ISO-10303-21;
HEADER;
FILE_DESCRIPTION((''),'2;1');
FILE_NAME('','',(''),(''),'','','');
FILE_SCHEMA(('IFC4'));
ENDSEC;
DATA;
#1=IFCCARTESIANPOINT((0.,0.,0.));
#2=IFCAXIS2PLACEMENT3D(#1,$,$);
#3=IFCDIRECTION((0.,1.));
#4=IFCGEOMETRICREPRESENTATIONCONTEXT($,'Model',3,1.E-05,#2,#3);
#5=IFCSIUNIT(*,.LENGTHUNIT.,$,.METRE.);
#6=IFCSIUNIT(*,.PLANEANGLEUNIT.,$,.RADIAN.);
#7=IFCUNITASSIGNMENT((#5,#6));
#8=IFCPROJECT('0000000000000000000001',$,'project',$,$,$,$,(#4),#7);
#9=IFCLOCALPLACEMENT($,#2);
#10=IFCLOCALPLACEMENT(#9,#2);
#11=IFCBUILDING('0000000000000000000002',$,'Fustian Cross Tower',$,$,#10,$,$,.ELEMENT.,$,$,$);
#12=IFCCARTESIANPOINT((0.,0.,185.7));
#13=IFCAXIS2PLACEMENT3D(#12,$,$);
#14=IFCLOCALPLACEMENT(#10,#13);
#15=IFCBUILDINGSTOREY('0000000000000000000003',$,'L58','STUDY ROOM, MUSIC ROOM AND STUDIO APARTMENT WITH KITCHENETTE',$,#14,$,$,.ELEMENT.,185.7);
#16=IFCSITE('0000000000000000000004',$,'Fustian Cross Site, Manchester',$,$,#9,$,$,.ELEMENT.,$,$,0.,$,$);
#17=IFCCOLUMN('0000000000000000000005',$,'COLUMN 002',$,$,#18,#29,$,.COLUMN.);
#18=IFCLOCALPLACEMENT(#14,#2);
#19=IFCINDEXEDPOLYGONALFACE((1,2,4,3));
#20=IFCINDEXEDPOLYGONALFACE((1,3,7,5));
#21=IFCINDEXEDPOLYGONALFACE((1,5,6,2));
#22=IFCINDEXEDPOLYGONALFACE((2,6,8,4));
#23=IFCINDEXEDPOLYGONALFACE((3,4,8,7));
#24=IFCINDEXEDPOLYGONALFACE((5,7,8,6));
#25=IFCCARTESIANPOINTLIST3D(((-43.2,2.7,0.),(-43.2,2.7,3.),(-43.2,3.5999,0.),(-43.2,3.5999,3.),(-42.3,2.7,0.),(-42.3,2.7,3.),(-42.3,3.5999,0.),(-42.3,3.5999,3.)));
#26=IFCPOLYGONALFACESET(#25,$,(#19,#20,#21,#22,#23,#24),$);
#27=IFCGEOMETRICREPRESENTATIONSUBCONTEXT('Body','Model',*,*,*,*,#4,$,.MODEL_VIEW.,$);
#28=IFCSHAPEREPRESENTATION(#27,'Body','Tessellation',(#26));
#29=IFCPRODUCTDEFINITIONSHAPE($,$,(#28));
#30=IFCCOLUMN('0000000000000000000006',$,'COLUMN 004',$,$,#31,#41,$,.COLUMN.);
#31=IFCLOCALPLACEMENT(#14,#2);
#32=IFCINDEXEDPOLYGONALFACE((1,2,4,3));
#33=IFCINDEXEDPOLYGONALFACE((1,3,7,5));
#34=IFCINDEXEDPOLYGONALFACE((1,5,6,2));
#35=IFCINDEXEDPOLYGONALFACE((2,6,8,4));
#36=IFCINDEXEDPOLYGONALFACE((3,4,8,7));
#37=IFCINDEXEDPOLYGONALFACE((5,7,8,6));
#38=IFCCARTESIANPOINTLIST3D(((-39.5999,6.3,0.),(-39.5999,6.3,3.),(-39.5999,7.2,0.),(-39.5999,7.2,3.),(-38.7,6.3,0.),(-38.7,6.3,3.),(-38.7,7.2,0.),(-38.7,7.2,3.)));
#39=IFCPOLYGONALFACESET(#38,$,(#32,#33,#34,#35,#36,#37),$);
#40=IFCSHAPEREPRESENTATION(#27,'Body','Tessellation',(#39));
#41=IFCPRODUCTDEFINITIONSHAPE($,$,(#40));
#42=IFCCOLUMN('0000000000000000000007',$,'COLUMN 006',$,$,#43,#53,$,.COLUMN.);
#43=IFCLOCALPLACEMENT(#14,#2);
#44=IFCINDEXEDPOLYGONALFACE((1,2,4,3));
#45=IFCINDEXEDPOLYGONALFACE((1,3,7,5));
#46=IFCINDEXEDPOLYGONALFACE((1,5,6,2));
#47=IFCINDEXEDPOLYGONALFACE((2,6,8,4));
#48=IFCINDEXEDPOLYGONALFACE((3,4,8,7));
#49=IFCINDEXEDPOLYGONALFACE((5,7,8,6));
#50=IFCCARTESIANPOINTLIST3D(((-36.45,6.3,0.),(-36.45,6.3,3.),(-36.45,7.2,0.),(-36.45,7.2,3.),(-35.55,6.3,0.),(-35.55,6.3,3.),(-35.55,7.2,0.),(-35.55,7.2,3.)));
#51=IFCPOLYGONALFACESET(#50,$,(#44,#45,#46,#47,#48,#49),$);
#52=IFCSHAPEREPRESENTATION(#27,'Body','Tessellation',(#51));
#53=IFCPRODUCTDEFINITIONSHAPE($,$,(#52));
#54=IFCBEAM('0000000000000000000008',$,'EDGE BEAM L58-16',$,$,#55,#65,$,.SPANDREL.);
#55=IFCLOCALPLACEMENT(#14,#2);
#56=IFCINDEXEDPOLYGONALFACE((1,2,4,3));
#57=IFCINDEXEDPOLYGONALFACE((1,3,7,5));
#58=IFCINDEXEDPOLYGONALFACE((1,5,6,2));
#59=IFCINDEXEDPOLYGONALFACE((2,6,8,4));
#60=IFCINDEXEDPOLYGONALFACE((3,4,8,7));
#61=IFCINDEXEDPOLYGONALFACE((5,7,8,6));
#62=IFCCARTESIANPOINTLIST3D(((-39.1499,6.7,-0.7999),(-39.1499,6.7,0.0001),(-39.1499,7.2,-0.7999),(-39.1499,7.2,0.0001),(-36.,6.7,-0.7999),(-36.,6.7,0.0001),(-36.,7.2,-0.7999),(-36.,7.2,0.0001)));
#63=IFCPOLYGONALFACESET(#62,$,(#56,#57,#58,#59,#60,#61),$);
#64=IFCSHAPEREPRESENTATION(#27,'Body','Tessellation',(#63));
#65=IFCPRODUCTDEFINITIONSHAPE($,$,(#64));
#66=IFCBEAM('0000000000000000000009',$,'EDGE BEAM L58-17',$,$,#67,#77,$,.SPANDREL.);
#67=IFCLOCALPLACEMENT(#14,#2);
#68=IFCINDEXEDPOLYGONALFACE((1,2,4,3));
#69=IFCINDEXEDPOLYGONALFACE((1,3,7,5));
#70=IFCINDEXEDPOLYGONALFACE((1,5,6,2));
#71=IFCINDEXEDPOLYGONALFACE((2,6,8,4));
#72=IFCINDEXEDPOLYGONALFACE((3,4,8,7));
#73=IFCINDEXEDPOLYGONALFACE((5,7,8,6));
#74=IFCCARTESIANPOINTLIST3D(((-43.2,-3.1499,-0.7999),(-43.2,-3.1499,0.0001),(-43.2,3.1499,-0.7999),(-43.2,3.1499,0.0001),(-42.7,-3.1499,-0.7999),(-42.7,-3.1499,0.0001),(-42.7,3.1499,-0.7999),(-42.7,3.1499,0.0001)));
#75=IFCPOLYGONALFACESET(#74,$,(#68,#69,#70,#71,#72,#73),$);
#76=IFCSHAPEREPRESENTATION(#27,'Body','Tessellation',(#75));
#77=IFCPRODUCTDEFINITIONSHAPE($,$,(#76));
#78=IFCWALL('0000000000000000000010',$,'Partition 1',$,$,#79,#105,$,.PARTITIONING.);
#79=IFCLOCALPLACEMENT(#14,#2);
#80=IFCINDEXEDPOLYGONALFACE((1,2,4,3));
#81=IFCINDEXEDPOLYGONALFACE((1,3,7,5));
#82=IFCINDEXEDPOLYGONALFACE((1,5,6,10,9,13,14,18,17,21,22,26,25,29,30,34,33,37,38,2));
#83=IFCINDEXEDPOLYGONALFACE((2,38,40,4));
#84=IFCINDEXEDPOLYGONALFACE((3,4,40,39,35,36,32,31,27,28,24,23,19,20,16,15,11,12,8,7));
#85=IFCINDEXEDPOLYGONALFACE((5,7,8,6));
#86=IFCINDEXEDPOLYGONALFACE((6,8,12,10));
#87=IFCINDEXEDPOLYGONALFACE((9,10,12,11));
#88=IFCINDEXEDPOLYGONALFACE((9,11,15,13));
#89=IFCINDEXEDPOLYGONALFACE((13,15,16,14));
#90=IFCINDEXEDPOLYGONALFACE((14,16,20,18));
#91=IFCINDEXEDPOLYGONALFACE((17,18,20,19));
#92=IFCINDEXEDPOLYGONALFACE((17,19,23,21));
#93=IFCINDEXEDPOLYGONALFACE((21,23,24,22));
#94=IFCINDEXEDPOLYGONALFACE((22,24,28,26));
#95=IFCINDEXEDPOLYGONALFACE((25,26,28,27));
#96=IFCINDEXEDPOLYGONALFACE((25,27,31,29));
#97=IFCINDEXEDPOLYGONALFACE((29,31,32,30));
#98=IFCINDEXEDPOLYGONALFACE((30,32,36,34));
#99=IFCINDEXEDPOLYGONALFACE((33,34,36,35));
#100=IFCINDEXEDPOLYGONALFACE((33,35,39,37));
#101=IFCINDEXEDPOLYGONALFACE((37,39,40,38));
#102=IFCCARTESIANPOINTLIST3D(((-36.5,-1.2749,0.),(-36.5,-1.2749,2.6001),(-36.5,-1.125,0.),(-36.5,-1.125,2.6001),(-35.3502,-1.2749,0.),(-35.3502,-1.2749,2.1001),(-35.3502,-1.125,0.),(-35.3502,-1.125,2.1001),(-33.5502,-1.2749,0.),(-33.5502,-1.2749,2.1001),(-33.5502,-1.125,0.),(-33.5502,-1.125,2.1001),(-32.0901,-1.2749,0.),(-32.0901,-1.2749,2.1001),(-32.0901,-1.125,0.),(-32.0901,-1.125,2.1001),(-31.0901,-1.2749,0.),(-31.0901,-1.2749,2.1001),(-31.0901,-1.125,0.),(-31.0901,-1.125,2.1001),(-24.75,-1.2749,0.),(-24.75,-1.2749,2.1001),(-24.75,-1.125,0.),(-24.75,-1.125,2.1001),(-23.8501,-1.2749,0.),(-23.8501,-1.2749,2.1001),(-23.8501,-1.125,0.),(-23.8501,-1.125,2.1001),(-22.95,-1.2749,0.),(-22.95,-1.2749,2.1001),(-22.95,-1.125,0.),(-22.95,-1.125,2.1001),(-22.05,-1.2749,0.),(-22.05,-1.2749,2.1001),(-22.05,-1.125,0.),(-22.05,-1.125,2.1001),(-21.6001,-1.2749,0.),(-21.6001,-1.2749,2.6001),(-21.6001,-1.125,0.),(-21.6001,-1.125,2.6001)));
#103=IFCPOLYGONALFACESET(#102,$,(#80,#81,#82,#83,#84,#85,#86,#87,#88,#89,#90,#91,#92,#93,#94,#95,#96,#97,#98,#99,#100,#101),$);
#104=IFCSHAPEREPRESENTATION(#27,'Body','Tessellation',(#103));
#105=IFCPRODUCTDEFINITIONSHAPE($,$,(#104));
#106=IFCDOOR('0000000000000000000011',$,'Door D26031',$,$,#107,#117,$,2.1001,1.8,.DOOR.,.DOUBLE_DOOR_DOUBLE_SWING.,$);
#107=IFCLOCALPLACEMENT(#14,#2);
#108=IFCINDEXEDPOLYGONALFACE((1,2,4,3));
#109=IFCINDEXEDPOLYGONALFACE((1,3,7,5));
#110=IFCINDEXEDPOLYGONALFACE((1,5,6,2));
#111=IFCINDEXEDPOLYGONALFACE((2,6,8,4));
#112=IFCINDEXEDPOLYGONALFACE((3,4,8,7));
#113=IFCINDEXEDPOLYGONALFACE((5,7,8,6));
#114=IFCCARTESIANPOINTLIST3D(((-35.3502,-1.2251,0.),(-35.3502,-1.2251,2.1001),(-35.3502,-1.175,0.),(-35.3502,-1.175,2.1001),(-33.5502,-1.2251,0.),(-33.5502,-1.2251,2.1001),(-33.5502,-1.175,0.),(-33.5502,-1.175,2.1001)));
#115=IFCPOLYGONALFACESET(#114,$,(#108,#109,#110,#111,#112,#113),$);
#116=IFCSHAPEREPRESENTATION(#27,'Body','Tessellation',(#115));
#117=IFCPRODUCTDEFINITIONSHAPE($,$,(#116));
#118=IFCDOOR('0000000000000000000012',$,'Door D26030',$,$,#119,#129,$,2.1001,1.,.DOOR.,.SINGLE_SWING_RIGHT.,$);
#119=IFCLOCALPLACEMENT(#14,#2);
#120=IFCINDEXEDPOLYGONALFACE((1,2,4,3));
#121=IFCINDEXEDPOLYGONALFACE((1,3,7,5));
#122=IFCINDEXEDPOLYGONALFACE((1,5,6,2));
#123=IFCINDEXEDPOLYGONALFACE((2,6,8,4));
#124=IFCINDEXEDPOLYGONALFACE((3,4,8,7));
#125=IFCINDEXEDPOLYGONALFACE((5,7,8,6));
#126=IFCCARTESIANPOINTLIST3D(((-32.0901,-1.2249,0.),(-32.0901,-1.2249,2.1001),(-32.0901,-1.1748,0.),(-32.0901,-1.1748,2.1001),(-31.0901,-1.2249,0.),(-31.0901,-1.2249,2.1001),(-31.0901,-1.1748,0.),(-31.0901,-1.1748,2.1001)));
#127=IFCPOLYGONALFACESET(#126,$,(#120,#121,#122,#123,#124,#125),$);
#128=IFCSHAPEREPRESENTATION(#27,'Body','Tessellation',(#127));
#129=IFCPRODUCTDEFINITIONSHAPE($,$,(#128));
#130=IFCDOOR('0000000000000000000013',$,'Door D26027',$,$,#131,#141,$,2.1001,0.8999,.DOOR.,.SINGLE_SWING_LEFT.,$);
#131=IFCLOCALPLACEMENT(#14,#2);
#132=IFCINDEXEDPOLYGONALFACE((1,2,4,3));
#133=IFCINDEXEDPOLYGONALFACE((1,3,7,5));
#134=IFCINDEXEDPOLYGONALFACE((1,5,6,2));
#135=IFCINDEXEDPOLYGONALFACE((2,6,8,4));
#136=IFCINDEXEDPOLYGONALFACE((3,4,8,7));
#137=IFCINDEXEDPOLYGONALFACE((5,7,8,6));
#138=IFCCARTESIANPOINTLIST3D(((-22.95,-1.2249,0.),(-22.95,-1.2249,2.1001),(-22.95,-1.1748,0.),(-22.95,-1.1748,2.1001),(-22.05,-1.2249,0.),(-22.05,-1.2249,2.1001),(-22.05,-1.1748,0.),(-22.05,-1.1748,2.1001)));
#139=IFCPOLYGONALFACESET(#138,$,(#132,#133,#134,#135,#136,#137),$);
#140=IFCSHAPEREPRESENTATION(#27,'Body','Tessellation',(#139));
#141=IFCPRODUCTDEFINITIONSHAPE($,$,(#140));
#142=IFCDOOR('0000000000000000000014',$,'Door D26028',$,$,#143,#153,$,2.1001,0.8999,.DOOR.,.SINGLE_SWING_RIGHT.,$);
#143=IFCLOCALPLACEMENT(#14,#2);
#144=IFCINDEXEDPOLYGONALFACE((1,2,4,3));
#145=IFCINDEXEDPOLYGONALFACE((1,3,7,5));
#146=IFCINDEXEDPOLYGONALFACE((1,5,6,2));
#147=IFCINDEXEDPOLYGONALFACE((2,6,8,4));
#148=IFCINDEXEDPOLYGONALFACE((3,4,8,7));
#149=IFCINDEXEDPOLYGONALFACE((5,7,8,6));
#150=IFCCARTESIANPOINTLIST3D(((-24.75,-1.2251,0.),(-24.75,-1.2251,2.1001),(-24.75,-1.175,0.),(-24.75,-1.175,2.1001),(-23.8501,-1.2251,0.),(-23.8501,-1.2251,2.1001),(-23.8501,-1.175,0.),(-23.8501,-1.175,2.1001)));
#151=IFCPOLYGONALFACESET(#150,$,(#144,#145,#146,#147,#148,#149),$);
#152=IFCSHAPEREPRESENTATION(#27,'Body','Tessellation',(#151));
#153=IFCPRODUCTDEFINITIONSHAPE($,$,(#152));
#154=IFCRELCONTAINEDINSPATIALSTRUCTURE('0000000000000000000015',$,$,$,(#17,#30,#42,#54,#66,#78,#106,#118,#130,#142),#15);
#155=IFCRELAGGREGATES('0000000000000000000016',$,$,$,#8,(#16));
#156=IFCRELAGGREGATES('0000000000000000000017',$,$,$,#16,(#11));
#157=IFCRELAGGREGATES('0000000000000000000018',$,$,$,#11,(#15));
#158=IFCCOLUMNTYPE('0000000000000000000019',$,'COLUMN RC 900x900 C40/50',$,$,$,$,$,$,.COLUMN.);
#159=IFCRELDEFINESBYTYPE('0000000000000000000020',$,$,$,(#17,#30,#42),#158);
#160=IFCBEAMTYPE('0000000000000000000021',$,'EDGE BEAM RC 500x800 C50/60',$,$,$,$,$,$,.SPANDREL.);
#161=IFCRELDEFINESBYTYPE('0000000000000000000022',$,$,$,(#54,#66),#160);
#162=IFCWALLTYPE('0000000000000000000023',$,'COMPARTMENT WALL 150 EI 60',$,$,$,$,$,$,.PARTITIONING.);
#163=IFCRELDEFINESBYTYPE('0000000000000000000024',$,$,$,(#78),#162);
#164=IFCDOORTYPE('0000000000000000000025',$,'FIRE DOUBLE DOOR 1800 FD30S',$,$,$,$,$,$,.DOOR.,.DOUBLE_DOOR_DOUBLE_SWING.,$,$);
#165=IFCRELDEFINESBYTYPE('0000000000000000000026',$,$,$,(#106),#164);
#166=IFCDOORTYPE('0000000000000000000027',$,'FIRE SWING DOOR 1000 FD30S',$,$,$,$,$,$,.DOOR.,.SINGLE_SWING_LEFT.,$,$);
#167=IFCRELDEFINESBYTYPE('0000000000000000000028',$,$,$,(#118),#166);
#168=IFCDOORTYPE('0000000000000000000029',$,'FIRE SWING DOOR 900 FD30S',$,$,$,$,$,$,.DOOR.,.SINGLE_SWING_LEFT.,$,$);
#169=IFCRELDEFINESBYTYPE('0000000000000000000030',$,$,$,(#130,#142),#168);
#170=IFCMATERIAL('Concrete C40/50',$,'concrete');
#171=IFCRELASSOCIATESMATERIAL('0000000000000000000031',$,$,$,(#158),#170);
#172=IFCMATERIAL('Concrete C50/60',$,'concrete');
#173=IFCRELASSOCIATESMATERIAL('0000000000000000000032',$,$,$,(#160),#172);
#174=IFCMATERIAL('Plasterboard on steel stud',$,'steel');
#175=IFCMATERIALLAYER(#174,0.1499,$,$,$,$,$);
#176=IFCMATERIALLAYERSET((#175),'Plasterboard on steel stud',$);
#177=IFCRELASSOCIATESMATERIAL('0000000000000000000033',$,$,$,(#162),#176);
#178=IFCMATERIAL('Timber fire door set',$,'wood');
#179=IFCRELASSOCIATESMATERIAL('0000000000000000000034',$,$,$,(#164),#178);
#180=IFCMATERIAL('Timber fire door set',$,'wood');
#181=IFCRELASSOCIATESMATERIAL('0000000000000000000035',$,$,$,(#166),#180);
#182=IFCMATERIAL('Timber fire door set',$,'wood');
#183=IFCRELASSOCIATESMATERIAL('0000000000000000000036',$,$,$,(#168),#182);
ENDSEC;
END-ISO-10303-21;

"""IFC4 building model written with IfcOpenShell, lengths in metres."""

from ifc_helpers import new_model, si_unit, direction, frame, frame_2d, origin, origin_2d, place, context, subcontext, project, spatial, rectangle, extrude, material, layer, layer_set, material_profile, profile_set, type_object, element, fill, save


model = new_model("IFC4")

# Units and contexts
model_context = context("Model", 3, precision=1e-05, world=origin(), true_north=direction((0.0, 1.0)))
body_context = subcontext(model_context, "Body", "Model", "MODEL_VIEW")
ifc_project = project(units=[si_unit("LENGTHUNIT", "METRE"), si_unit("PLANEANGLEUNIT", "RADIAN")], contexts=[model_context])

# Site, building, storey
site_placement = place(None, origin())
site = spatial("IfcSite", under=ifc_project, at=site_placement, Name="Fustian Cross Site, Manchester", CompositionType="ELEMENT", RefElevation=0.0)
building_placement = place(site_placement, origin())
building = spatial("IfcBuilding", under=site, at=building_placement, Name="Fustian Cross Tower", CompositionType="ELEMENT")
storey_placement = place(building_placement, frame((0.0, 0.0, 185.7)))
storey = spatial("IfcBuildingStorey", under=building, at=storey_placement, Name="L58", Description="STUDY ROOM, MUSIC ROOM AND STUDIO APARTMENT WITH KITCHENETTE", CompositionType="ELEMENT", Elevation=185.7)

# Columns
ifc_material_1 = material(Name="Concrete C40/50", Category="concrete")
ifc_material_profile_1 = material_profile(ifc_material_1, rectangle(XDim=0.8999, YDim=0.8999, at=origin_2d()), Name="RC 900x900")
ifc_profile_set_1 = profile_set([ifc_material_profile_1], Name="Concrete C40/50")
column_type = type_object("IfcColumnType", Name="COLUMN RC 900x900 C40/50", PredefinedType="COLUMN", material=ifc_profile_set_1)
for number, where, z_axis, x_axis, name in (
    (1, (-42.75, 3.1499, 0.0), (0.0, 0.0, 1.0), (1.0, 0.0, 0.0), "COLUMN 002"),
    (2, (-39.1499, 6.75, 0.0), (0.0, 0.0, 1.0), (1.0, 0.0, 0.0), "COLUMN 004"),
    (3, (-36.0, 6.75, 0.0), (0.0, 0.0, 1.0), (1.0, 0.0, 0.0), "COLUMN 006"),
):
    element("IfcColumn", number, at=place(storey_placement, frame(where, z_axis=z_axis, x_axis=x_axis)), inside=storey, type_object=column_type, Name=name, PredefinedType="COLUMN", context=body_context, shape_type="SweptSolid", body=[
        extrude(rectangle(XDim=0.8999, YDim=0.8999, at=origin_2d()), origin(), (0.0, 0.0, 1.0), 3.0),
    ])

# Beams
ifc_material_2 = material(Name="Concrete C50/60", Category="concrete")
ifc_material_profile_2 = material_profile(ifc_material_2, rectangle(XDim=0.5, YDim=0.8, at=origin_2d()), Name="RC 500x800")
ifc_profile_set_2 = profile_set([ifc_material_profile_2], Name="Concrete C50/60")
beam_type = type_object("IfcBeamType", Name="EDGE BEAM RC 500x800 C50/60", PredefinedType="SPANDREL", material=ifc_profile_set_2)
beam_1_placement = place(storey_placement, frame((-36.0, 6.95, -0.3999), z_axis=(-1.0, 0.0, 0.0), x_axis=(0.0, -1.0, 0.0)))
element("IfcBeam", 4, at=beam_1_placement, inside=storey, type_object=beam_type, Name="EDGE BEAM L58-16", PredefinedType="SPANDREL", context=body_context, shape_type="SweptSolid", body=[
    extrude(rectangle(XDim=0.5, YDim=0.8, at=origin_2d()), origin(), (0.0, 0.0, 1.0), 3.1499),
])
beam_2_placement = place(storey_placement, frame((-42.95, 3.1499, -0.3999), z_axis=(0.0, -1.0, 0.0), x_axis=(1.0, 0.0, 0.0)))
element("IfcBeam", 5, at=beam_2_placement, inside=storey, type_object=beam_type, Name="EDGE BEAM L58-17", PredefinedType="SPANDREL", context=body_context, shape_type="SweptSolid", body=[
    extrude(rectangle(XDim=0.5, YDim=0.8, at=origin_2d()), origin(), (0.0, 0.0, 1.0), 6.2998),
])

# Wall, openings, doors
ifc_material_3 = material(Name="Plasterboard on steel stud", Category="steel")
ifc_layer_1 = layer(ifc_material_3, 0.1499)
ifc_layer_set_1 = layer_set([ifc_layer_1], Name="Plasterboard on steel stud")
wall_type_1 = type_object("IfcWallType", Name="COMPARTMENT WALL 150 EI 60", PredefinedType="PARTITIONING", material=ifc_layer_set_1)
wall_1_placement = place(storey_placement, frame((-36.5, -1.2, 0.0), z_axis=(0.0, 0.0, 1.0), x_axis=(1.0, 0.0, 0.0)))
wall_1 = element("IfcWall", 6, at=wall_1_placement, inside=storey, type_object=wall_type_1, Name="Partition 1", PredefinedType="PARTITIONING", context=body_context, shape_type="SweptSolid", body=[
    extrude(rectangle(XDim=14.8999, YDim=0.1499, at=frame_2d((7.45, 0.0))), origin(), (0.0, 0.0, 1.0), 2.6001),
])
opening_1_placement = place(wall_1_placement, frame((13.55, 0.0, 0.0)))
opening_1 = element("IfcOpeningElement", 7, at=opening_1_placement, cuts=wall_1, PredefinedType="OPENING", context=body_context, shape_type="SweptSolid", body=[
    extrude(rectangle(XDim=0.8999, YDim=2.1001, at=frame_2d((0.45, 1.05))), frame((0.0, 0.085, 0.0), z_axis=(0.0, -1.0, 0.0), x_axis=(1.0, 0.0, 0.0)), (0.0, 0.0, 1.0), 0.1699),
])
opening_2_placement = place(wall_1_placement, frame((11.75, 0.0, 0.0)))
opening_2 = element("IfcOpeningElement", 8, at=opening_2_placement, cuts=wall_1, PredefinedType="OPENING", context=body_context, shape_type="SweptSolid", body=[
    extrude(rectangle(XDim=0.8999, YDim=2.1001, at=frame_2d((0.45, 1.05))), frame((0.0, 0.085, 0.0), z_axis=(0.0, -1.0, 0.0), x_axis=(1.0, 0.0, 0.0)), (0.0, 0.0, 1.0), 0.1699),
])
opening_3_placement = place(wall_1_placement, frame((4.4099, 0.0, 0.0)))
opening_3 = element("IfcOpeningElement", 9, at=opening_3_placement, cuts=wall_1, PredefinedType="OPENING", context=body_context, shape_type="SweptSolid", body=[
    extrude(rectangle(XDim=1.0, YDim=2.1001, at=frame_2d((0.5, 1.05))), frame((0.0, 0.085, 0.0), z_axis=(0.0, -1.0, 0.0), x_axis=(1.0, 0.0, 0.0)), (0.0, 0.0, 1.0), 0.1699),
])
opening_4_placement = place(wall_1_placement, frame((1.1499, 0.0, 0.0)))
opening_4 = element("IfcOpeningElement", 10, at=opening_4_placement, cuts=wall_1, PredefinedType="OPENING", context=body_context, shape_type="SweptSolid", body=[
    extrude(rectangle(XDim=1.8, YDim=2.1001, at=frame_2d((0.8999, 1.05))), frame((0.0, 0.085, 0.0), z_axis=(0.0, -1.0, 0.0), x_axis=(1.0, 0.0, 0.0)), (0.0, 0.0, 1.0), 0.1699),
])
ifc_material_4 = material(Name="Timber fire door set", Category="wood")
door_type_1 = type_object("IfcDoorType", Name="FIRE DOUBLE DOOR 1800 FD30S", OperationType="DOUBLE_DOOR_DOUBLE_SWING", PredefinedType="DOOR", material=ifc_material_4)
door_1_placement = place(opening_4_placement, origin())
door_1 = element("IfcDoor", 11, at=door_1_placement, inside=storey, type_object=door_type_1, Name="Door D26031", OperationType="DOUBLE_DOOR_DOUBLE_SWING", OverallHeight=2.1001, OverallWidth=1.8, PredefinedType="DOOR", context=body_context, shape_type="SweptSolid", body=[
    extrude(rectangle(XDim=1.8, YDim=2.1001, at=frame_2d((0.8999, 1.05))), frame((0.0, 0.0249, 0.0), z_axis=(0.0, -1.0, 0.0), x_axis=(1.0, 0.0, 0.0)), (0.0, 0.0, 1.0), 0.05),
])
fill(opening_4, door_1)
ifc_material_5 = material(Name="Timber fire door set", Category="wood")
door_type_2 = type_object("IfcDoorType", Name="FIRE SWING DOOR 1000 FD30S", OperationType="SINGLE_SWING_LEFT", PredefinedType="DOOR", material=ifc_material_5)
door_2_placement = place(opening_3_placement, frame((1.0, 0.0, 0.0), z_axis=(0.0, 0.0, 1.0), x_axis=(-1.0, 0.0, 0.0)))
door_2 = element("IfcDoor", 12, at=door_2_placement, inside=storey, type_object=door_type_2, Name="Door D26030", OperationType="SINGLE_SWING_RIGHT", OverallHeight=2.1001, OverallWidth=1.0, PredefinedType="DOOR", context=body_context, shape_type="SweptSolid", body=[
    extrude(rectangle(XDim=1.0, YDim=2.1001, at=frame_2d((0.5, 1.05))), frame((0.0, 0.0249, 0.0), z_axis=(0.0, -1.0, 0.0), x_axis=(1.0, 0.0, 0.0)), (0.0, 0.0, 1.0), 0.05),
])
fill(opening_3, door_2)
ifc_material_6 = material(Name="Timber fire door set", Category="wood")
door_type_3 = type_object("IfcDoorType", Name="FIRE SWING DOOR 900 FD30S", OperationType="SINGLE_SWING_LEFT", PredefinedType="DOOR", material=ifc_material_6)
door_3_placement = place(opening_1_placement, frame((0.8999, 0.0, 0.0), z_axis=(0.0, 0.0, 1.0), x_axis=(-1.0, 0.0, 0.0)))
door_3 = element("IfcDoor", 13, at=door_3_placement, inside=storey, type_object=door_type_3, Name="Door D26027", OperationType="SINGLE_SWING_LEFT", OverallHeight=2.1001, OverallWidth=0.8999, PredefinedType="DOOR", context=body_context, shape_type="SweptSolid", body=[
    extrude(rectangle(XDim=0.8999, YDim=2.1001, at=frame_2d((0.45, 1.05))), frame((0.0, 0.0249, 0.0), z_axis=(0.0, -1.0, 0.0), x_axis=(1.0, 0.0, 0.0)), (0.0, 0.0, 1.0), 0.05),
])
fill(opening_1, door_3)
door_4_placement = place(opening_2_placement, origin())
door_4 = element("IfcDoor", 14, at=door_4_placement, inside=storey, type_object=door_type_3, Name="Door D26028", OperationType="SINGLE_SWING_RIGHT", OverallHeight=2.1001, OverallWidth=0.8999, PredefinedType="DOOR", context=body_context, shape_type="SweptSolid", body=[
    extrude(rectangle(XDim=0.8999, YDim=2.1001, at=frame_2d((0.45, 1.05))), frame((0.0, 0.0249, 0.0), z_axis=(0.0, -1.0, 0.0), x_axis=(1.0, 0.0, 0.0)), (0.0, 0.0, 1.0), 0.05),
])
fill(opening_2, door_4)

save(model, "model.ifc")
